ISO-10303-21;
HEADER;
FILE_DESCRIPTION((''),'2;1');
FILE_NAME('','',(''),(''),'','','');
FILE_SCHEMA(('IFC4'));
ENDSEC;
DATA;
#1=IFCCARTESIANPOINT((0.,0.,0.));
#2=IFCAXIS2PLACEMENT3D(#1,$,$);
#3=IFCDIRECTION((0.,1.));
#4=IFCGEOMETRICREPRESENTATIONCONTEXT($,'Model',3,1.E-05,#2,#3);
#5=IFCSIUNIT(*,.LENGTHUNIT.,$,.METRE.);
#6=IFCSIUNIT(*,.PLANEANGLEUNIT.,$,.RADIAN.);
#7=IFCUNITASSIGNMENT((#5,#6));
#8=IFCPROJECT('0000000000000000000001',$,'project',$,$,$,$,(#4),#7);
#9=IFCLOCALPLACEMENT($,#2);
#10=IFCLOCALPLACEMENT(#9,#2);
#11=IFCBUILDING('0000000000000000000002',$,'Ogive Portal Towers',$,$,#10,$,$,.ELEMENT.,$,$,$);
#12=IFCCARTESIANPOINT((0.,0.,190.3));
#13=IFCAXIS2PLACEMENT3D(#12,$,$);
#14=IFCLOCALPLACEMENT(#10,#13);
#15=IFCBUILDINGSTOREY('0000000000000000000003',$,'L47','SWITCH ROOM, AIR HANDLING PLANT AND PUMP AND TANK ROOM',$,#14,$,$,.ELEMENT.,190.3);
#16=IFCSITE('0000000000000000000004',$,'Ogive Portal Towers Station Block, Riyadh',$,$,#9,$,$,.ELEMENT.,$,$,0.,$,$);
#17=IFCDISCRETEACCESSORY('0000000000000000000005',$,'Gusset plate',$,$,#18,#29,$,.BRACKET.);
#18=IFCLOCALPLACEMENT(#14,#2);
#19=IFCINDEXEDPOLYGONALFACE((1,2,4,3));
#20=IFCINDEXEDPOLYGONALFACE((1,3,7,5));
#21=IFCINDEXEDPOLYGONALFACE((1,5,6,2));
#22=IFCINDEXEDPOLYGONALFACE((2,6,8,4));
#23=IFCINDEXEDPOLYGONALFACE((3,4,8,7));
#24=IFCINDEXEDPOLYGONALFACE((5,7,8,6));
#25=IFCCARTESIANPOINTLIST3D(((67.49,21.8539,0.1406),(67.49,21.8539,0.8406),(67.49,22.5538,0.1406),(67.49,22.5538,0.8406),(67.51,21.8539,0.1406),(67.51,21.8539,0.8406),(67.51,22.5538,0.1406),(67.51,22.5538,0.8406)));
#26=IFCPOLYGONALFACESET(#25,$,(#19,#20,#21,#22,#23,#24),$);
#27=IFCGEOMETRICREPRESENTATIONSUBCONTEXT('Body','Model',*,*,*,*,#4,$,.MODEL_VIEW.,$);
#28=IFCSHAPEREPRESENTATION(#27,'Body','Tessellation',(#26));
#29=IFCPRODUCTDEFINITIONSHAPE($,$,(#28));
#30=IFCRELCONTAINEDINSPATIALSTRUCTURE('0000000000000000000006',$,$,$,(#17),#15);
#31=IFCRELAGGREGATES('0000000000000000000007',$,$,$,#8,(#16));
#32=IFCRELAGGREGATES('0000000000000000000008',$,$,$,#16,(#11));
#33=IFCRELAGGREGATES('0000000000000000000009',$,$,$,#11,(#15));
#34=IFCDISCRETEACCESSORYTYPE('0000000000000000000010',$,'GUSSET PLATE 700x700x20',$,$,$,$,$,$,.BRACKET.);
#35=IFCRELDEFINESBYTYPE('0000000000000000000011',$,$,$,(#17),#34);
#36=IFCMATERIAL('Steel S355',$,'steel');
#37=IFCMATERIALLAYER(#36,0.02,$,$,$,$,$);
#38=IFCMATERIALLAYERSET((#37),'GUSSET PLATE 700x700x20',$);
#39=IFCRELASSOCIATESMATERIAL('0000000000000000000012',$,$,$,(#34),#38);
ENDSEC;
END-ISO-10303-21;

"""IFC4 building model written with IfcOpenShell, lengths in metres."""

from ifc_helpers import new_model, si_unit, direction, frame, origin, origin_2d, place, context, subcontext, project, spatial, rectangle, extrude, material, layer, layer_set, type_object, element, save


model = new_model("IFC4")

# Units and contexts
model_context = context("Model", 3, precision=1e-05, world=origin(), true_north=direction((0.0, 1.0)))
body_context = subcontext(model_context, "Body", "Model", "MODEL_VIEW")
ifc_project = project(units=[si_unit("LENGTHUNIT", "METRE"), si_unit("PLANEANGLEUNIT", "RADIAN")], contexts=[model_context])

# Site, building, storey
site_placement = place(None, origin())
site = spatial("IfcSite", under=ifc_project, at=site_placement, Name="Ogive Portal Towers Station Block, Riyadh", CompositionType="ELEMENT", RefElevation=0.0)
building_placement = place(site_placement, origin())
building = spatial("IfcBuilding", under=site, at=building_placement, Name="Ogive Portal Towers", CompositionType="ELEMENT")
storey_placement = place(building_placement, frame((0.0, 0.0, 190.3)))
storey = spatial("IfcBuildingStorey", under=building, at=storey_placement, Name="L47", Description="SWITCH ROOM, AIR HANDLING PLANT AND PUMP AND TANK ROOM", CompositionType="ELEMENT", Elevation=190.3)

# Shared definitions
ifc_material_1 = material(Name="Steel S355", Category="steel")

# Discrete accessory
ifc_layer_1 = layer(ifc_material_1, 0.02)
ifc_layer_set_1 = layer_set([ifc_layer_1], Name="GUSSET PLATE 700x700x20")
discrete_accessory_type_1 = type_object("IfcDiscreteAccessoryType", Name="GUSSET PLATE 700x700x20", PredefinedType="BRACKET", material=ifc_layer_set_1)
discrete_accessory_placement = place(storey_placement, frame((67.5, 22.2039, 0.1406), z_axis=(0.0, 0.0, 1.0), x_axis=(0.0, 1.0, 0.0)))
element("IfcDiscreteAccessory", 1, at=discrete_accessory_placement, inside=storey, type_object=discrete_accessory_type_1, Name="Gusset plate", PredefinedType="BRACKET", context=body_context, shape_type="SweptSolid", body=[
    extrude(rectangle(XDim=0.7, YDim=0.02, at=origin_2d()), origin(), (0.0, 0.0, 1.0), 0.7),
])

save(model, "model.ifc")
